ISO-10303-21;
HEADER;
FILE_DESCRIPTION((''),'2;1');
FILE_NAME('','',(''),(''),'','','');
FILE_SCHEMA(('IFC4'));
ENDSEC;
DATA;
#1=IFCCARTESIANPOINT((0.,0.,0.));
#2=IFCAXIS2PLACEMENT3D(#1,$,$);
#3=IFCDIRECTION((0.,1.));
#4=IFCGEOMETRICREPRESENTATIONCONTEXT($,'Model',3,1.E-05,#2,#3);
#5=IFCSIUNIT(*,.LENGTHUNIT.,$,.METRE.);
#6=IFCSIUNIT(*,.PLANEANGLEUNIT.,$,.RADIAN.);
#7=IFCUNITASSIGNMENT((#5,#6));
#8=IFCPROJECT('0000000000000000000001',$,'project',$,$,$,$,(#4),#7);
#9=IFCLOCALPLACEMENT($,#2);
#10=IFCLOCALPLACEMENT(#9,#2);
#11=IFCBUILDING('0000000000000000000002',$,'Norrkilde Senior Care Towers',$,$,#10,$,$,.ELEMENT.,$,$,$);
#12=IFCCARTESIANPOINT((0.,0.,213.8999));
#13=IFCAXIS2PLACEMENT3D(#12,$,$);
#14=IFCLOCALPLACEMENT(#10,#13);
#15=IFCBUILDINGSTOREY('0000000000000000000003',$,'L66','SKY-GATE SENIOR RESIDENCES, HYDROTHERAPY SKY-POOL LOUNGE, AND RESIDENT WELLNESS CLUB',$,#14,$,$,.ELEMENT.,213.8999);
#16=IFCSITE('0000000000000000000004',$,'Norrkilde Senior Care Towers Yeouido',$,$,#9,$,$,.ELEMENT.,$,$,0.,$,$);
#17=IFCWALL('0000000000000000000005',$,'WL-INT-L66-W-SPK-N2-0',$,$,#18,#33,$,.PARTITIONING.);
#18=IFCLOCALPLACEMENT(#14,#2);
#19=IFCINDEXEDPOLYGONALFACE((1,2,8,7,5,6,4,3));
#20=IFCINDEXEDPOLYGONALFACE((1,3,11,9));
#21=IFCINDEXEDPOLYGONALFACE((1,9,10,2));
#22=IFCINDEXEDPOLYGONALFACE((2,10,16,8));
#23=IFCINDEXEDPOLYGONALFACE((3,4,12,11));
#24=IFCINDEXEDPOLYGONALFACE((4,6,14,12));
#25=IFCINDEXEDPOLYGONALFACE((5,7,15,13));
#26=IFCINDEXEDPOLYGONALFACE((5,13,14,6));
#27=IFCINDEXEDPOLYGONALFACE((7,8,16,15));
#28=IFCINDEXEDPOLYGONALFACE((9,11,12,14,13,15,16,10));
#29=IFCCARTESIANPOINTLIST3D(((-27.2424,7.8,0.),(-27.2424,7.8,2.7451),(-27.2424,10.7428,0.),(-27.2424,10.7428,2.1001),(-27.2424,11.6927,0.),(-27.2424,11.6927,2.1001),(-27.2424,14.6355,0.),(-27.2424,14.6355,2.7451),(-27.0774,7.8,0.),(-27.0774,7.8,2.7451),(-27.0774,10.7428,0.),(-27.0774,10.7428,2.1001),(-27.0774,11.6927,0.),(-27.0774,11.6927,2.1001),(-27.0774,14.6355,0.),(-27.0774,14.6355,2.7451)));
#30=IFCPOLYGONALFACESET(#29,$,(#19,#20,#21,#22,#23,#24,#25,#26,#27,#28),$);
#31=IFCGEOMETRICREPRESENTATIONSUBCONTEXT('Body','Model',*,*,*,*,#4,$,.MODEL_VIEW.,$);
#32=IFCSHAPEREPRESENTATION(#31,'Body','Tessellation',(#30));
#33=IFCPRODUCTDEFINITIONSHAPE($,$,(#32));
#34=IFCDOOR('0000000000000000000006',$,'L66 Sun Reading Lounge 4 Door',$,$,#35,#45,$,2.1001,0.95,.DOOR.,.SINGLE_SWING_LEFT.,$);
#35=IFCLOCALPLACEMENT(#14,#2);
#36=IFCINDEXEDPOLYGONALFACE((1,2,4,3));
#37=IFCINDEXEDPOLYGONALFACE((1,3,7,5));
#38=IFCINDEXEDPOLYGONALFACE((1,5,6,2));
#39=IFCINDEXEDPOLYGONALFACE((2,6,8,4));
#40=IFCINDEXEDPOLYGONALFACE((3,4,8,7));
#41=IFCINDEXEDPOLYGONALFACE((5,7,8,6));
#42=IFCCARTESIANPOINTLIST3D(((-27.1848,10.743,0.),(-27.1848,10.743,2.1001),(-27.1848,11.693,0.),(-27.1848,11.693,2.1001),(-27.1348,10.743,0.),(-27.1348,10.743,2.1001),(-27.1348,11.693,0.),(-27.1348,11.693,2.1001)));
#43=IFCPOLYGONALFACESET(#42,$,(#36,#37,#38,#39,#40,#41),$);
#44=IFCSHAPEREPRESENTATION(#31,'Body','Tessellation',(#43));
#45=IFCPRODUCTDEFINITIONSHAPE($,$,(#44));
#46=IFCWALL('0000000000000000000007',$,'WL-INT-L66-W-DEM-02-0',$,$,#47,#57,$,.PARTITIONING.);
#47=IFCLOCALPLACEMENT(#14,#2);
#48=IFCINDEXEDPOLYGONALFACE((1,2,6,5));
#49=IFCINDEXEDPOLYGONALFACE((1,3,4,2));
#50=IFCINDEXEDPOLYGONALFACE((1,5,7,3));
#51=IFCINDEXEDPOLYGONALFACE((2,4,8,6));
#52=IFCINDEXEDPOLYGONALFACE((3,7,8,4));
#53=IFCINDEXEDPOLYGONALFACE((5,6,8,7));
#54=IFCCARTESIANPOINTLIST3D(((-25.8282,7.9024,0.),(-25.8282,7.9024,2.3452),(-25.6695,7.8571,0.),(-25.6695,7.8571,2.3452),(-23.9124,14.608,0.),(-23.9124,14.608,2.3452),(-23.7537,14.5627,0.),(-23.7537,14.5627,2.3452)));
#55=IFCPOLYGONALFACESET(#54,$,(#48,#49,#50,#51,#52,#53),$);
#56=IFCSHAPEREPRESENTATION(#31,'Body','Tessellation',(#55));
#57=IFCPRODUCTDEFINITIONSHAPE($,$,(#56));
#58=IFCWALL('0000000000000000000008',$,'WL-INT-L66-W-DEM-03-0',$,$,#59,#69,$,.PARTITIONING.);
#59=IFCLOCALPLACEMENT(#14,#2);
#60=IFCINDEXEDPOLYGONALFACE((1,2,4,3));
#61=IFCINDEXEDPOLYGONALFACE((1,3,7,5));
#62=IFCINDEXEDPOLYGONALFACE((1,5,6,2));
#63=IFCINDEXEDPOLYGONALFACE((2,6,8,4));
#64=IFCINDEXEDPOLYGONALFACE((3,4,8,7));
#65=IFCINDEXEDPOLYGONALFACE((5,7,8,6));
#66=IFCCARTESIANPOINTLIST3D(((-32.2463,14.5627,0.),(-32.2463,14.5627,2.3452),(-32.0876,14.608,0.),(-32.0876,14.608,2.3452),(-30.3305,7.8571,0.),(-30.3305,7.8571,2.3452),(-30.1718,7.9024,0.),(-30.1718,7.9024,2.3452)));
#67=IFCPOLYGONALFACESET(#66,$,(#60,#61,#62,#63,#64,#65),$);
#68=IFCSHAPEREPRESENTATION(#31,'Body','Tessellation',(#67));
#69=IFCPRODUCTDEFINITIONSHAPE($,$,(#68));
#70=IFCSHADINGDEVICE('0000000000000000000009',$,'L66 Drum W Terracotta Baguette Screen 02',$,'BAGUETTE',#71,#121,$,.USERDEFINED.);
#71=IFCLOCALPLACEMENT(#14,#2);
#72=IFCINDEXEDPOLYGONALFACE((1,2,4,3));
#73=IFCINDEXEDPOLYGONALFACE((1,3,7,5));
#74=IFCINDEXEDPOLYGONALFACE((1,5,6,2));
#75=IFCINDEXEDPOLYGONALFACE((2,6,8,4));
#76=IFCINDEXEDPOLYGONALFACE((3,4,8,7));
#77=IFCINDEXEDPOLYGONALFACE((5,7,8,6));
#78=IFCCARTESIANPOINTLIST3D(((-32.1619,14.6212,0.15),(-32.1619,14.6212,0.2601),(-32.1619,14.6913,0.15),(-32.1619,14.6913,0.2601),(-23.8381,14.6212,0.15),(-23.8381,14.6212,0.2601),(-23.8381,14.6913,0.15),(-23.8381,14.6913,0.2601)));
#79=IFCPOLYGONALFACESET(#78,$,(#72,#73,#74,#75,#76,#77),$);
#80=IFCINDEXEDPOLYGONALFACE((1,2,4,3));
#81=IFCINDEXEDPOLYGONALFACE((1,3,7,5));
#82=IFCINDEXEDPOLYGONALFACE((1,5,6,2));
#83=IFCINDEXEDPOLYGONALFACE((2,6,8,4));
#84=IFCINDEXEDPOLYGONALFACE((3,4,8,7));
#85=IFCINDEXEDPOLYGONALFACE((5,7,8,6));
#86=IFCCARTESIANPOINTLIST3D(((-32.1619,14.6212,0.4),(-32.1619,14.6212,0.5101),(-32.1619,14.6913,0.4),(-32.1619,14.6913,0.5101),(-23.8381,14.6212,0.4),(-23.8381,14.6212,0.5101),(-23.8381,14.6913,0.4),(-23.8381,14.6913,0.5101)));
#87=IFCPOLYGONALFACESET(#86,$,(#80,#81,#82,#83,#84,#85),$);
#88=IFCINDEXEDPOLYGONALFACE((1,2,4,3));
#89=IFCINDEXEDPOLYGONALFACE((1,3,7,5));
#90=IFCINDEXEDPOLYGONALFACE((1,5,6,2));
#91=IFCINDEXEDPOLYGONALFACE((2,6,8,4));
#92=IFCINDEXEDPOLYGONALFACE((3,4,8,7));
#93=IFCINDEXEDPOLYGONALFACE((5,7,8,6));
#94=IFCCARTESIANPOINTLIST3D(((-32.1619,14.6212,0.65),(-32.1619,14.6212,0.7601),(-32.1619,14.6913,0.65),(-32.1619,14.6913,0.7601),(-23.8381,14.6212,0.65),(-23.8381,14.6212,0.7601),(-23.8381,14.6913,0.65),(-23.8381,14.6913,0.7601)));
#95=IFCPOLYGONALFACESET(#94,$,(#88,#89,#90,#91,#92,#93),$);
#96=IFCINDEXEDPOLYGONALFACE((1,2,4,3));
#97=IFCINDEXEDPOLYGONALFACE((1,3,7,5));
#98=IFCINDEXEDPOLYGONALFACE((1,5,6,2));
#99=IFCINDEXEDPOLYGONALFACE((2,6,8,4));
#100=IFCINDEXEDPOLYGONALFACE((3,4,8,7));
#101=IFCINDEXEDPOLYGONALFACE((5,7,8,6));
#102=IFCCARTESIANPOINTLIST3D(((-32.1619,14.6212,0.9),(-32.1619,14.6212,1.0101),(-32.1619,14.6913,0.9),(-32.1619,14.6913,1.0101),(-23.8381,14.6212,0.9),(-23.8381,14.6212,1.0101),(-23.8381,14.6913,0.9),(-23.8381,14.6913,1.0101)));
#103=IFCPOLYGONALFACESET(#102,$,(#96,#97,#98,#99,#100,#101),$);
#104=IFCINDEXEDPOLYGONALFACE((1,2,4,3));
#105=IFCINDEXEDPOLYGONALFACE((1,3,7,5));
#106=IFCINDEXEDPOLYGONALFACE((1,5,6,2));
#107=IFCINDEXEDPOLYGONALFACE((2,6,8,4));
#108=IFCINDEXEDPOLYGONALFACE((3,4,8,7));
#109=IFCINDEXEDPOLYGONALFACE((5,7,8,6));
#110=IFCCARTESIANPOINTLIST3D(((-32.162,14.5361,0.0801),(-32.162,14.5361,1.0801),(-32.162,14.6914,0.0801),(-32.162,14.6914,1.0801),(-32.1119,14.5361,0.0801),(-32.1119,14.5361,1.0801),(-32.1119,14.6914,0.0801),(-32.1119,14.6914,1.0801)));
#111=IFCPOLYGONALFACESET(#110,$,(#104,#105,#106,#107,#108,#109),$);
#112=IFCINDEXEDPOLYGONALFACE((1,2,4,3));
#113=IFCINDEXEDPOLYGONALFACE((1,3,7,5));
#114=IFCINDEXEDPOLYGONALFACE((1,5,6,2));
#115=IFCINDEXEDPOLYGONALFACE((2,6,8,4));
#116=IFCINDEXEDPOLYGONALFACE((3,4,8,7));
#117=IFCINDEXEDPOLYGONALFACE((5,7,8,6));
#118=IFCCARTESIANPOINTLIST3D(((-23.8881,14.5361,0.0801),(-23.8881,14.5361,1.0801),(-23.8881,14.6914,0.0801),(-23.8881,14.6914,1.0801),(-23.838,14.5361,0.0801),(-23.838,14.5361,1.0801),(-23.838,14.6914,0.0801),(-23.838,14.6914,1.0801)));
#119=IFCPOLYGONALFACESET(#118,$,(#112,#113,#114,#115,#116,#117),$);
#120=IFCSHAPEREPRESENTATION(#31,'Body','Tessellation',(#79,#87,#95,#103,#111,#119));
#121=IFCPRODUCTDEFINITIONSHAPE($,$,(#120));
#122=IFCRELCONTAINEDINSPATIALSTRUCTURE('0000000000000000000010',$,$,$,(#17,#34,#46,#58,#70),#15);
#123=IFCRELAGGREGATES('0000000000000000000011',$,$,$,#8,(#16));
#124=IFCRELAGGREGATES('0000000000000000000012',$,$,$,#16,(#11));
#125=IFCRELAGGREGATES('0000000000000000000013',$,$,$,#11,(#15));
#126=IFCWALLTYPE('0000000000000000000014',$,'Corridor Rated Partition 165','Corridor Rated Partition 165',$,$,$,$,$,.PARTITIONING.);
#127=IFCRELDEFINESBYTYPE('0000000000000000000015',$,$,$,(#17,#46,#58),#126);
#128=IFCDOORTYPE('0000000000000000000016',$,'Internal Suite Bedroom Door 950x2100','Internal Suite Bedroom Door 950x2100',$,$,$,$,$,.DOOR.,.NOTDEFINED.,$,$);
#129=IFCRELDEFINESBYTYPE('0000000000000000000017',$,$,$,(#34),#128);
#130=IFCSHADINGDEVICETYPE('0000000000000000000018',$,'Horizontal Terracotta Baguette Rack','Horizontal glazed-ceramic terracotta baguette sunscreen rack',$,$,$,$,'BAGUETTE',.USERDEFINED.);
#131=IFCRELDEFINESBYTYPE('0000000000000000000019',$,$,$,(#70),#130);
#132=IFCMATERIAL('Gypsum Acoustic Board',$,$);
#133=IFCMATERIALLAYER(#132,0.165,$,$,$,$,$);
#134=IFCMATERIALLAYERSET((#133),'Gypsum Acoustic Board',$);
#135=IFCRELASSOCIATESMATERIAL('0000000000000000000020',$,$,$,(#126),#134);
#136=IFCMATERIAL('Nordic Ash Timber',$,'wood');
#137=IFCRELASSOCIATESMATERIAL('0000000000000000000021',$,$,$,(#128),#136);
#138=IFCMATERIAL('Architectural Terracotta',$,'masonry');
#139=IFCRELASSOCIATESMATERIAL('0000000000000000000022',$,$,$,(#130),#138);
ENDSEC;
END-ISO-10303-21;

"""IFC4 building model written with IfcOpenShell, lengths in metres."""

from ifc_helpers import new_model, si_unit, direction, frame, frame_2d, origin, origin_2d, place, context, subcontext, project, spatial, rectangle, extrude, source, transform, mapped, material, layer, layer_set, type_object, type_shapes, element, fill, save


model = new_model("IFC4")

# Units and contexts
model_context = context("Model", 3, precision=1e-05, world=origin(), true_north=direction((0.0, 1.0)))
body_context = subcontext(model_context, "Body", "Model", "MODEL_VIEW")
ifc_project = project(units=[si_unit("LENGTHUNIT", "METRE"), si_unit("PLANEANGLEUNIT", "RADIAN")], contexts=[model_context])

# Site, building, storey
site_placement = place(None, origin())
site = spatial("IfcSite", under=ifc_project, at=site_placement, Name="Norrkilde Senior Care Towers Yeouido", CompositionType="ELEMENT", RefElevation=0.0)
building_placement = place(site_placement, origin())
building = spatial("IfcBuilding", under=site, at=building_placement, Name="Norrkilde Senior Care Towers", CompositionType="ELEMENT")
storey_placement = place(building_placement, frame((0.0, 0.0, 213.8999)))
storey = spatial("IfcBuildingStorey", under=building, at=storey_placement, Name="L66", Description="SKY-GATE SENIOR RESIDENCES, HYDROTHERAPY SKY-POOL LOUNGE, AND RESIDENT WELLNESS CLUB", CompositionType="ELEMENT", Elevation=213.8999)

# Wall, opening, door
ifc_material_1 = material(Name="Gypsum Acoustic Board")
ifc_layer_1 = layer(ifc_material_1, 0.165)
ifc_layer_set_1 = layer_set([ifc_layer_1], Name="Gypsum Acoustic Board")
wall_type = type_object("IfcWallType", Name="Corridor Rated Partition 165", Description="Corridor Rated Partition 165", PredefinedType="PARTITIONING", material=ifc_layer_set_1)
ifc_material_2 = material(Name="Nordic Ash Timber", Category="wood")
shared_shape_1 = source(origin(), body_context, "Body", "SweptSolid", [
    extrude(rectangle(XDim=6.8354, YDim=0.165, at=frame_2d((3.4177, 0.0))), origin(), (0.0, 0.0, 1.0), 2.7451),
])
door_type_1 = type_object("IfcDoorType", Name="Internal Suite Bedroom Door 950x2100", Description="Internal Suite Bedroom Door 950x2100", OperationType="NOTDEFINED", PredefinedType="DOOR", material=ifc_material_2)
shared_shape_2 = source(origin(), body_context, "Body", "SweptSolid", [
    extrude(rectangle(XDim=0.95, YDim=2.1001, at=frame_2d((0.4751, 1.05))), frame((0.0, 0.0249, 0.0), z_axis=(0.0, -1.0, 0.0), x_axis=(1.0, 0.0, 0.0)), (0.0, 0.0, 1.0), 0.05),
])
type_shapes(door_type_1, [shared_shape_2])
wall_1_placement = place(storey_placement, frame((-27.1599, 14.6355, 0.0), z_axis=(0.0, 0.0, 1.0), x_axis=(0.0, -1.0, 0.0)))
wall_1 = element("IfcWall", 1, at=wall_1_placement, inside=storey, type_object=wall_type, Name="WL-INT-L66-W-SPK-N2-0", PredefinedType="PARTITIONING", context=body_context, shape_type="MappedRepresentation", body=[
    mapped(shared_shape_1, transform((0.0, 0.0, 0.0), x_axis=(1.0, 0.0, 0.0), y_axis=(0.0, 1.0, 0.0), z_axis=(0.0, 0.0, 1.0), scale=1.0)),
])
opening_1_placement = place(wall_1_placement, frame((2.9426, 0.0, 0.0)))
opening_1 = element("IfcOpeningElement", 2, at=opening_1_placement, cuts=wall_1, PredefinedType="OPENING", context=body_context, shape_type="SweptSolid", body=[
    extrude(rectangle(XDim=0.95, YDim=2.1001, at=frame_2d((0.4751, 1.05))), frame((0.0, 0.0925, 0.0), z_axis=(0.0, -1.0, 0.0), x_axis=(1.0, 0.0, 0.0)), (0.0, 0.0, 1.0), 0.1851),
])
door_1_placement = place(opening_1_placement, frame((0.95, 0.0, 0.0), z_axis=(0.0, 0.0, 1.0), x_axis=(-1.0, 0.0, 0.0)))
door_1 = element("IfcDoor", 3, at=door_1_placement, inside=storey, type_object=door_type_1, Name="L66 Sun Reading Lounge 4 Door", OperationType="SINGLE_SWING_LEFT", OverallHeight=2.1001, OverallWidth=0.95, PredefinedType="DOOR", context=body_context, shape_type="MappedRepresentation", body=[
    mapped(shared_shape_2, transform((0.0, 0.0, 0.0), x_axis=(1.0, 0.0, 0.0), y_axis=(0.0, 1.0, 0.0), z_axis=(0.0, 0.0, 1.0), scale=1.0)),
])
fill(opening_1, door_1)

# Walls
shared_shape_3 = source(origin(), body_context, "Body", "SweptSolid", [
    extrude(rectangle(XDim=6.9739, YDim=0.165, at=frame_2d((3.4868, 0.0))), origin(), (0.0, 0.0, 1.0), 2.3452),
])
for number, where, z_axis, x_axis, name in (
    (4, (-25.7488, 7.8799, 0.0), (0.0, 0.0, 1.0), (0.274707, 0.961528, 0.0), "WL-INT-L66-W-DEM-02-0"),
    (5, (-30.2512, 7.8799, 0.0), (0.0, 0.0, 1.0), (-0.274707, 0.961528, 0.0), "WL-INT-L66-W-DEM-03-0"),
):
    element("IfcWall", number, at=place(storey_placement, frame(where, z_axis=z_axis, x_axis=x_axis)), inside=storey, type_object=wall_type, Name=name, PredefinedType="PARTITIONING", context=body_context, shape_type="MappedRepresentation", body=[
        mapped(shared_shape_3, transform((0.0, 0.0, 0.0), x_axis=(1.0, 0.0, 0.0), y_axis=(0.0, 1.0, 0.0), z_axis=(0.0, 0.0, 1.0), scale=1.0)),
    ])

# Shading device
ifc_material_3 = material(Name="Architectural Terracotta", Category="masonry")
shading_device_type = type_object("IfcShadingDeviceType", Name="Horizontal Terracotta Baguette Rack", Description="Horizontal glazed-ceramic terracotta baguette sunscreen rack", ElementType="BAGUETTE", PredefinedType="USERDEFINED", material=ifc_material_3)
shared_shape_4 = source(origin(), body_context, "Body", "SweptSolid", [
    extrude(rectangle(XDim=0.0701, YDim=0.1101, at=origin_2d()), frame((0.0, 0.0901, 0.125), z_axis=(1.0, 0.0, 0.0), x_axis=(0.0, 1.0, 0.0)), (0.0, 0.0, 1.0), 8.3237),
    extrude(rectangle(XDim=0.0701, YDim=0.1101, at=origin_2d()), frame((0.0, 0.0901, 0.375), z_axis=(1.0, 0.0, 0.0), x_axis=(0.0, 1.0, 0.0)), (0.0, 0.0, 1.0), 8.3237),
    extrude(rectangle(XDim=0.0701, YDim=0.1101, at=origin_2d()), frame((0.0, 0.0901, 0.625), z_axis=(1.0, 0.0, 0.0), x_axis=(0.0, 1.0, 0.0)), (0.0, 0.0, 1.0), 8.3237),
    extrude(rectangle(XDim=0.0701, YDim=0.1101, at=origin_2d()), frame((0.0, 0.0901, 0.875), z_axis=(1.0, 0.0, 0.0), x_axis=(0.0, 1.0, 0.0)), (0.0, 0.0, 1.0), 8.3237),
    extrude(rectangle(XDim=0.05, YDim=0.1553, at=origin_2d()), frame((0.0249, 0.0476, 0.0)), (0.0, 0.0, 1.0), 1.0),
    extrude(rectangle(XDim=0.05, YDim=0.1553, at=origin_2d()), frame((8.2988, 0.0476, 0.0)), (0.0, 0.0, 1.0), 1.0),
])
type_shapes(shading_device_type, [shared_shape_4])
shading_device_placement = place(storey_placement, frame((-32.1619, 14.5662, 0.0801), z_axis=(0.0, 0.0, 1.0), x_axis=(1.0, 0.0, 0.0)))
element("IfcShadingDevice", 6, at=shading_device_placement, inside=storey, type_object=shading_device_type, Name="L66 Drum W Terracotta Baguette Screen 02", ObjectType="BAGUETTE", PredefinedType="USERDEFINED", context=body_context, shape_type="MappedRepresentation", body=[
    mapped(shared_shape_4, transform((0.0, 0.0, 0.0), x_axis=(1.0, 0.0, 0.0), y_axis=(0.0, 1.0, 0.0), z_axis=(0.0, 0.0, 1.0), scale=1.0)),
])

save(model, "model.ifc")
